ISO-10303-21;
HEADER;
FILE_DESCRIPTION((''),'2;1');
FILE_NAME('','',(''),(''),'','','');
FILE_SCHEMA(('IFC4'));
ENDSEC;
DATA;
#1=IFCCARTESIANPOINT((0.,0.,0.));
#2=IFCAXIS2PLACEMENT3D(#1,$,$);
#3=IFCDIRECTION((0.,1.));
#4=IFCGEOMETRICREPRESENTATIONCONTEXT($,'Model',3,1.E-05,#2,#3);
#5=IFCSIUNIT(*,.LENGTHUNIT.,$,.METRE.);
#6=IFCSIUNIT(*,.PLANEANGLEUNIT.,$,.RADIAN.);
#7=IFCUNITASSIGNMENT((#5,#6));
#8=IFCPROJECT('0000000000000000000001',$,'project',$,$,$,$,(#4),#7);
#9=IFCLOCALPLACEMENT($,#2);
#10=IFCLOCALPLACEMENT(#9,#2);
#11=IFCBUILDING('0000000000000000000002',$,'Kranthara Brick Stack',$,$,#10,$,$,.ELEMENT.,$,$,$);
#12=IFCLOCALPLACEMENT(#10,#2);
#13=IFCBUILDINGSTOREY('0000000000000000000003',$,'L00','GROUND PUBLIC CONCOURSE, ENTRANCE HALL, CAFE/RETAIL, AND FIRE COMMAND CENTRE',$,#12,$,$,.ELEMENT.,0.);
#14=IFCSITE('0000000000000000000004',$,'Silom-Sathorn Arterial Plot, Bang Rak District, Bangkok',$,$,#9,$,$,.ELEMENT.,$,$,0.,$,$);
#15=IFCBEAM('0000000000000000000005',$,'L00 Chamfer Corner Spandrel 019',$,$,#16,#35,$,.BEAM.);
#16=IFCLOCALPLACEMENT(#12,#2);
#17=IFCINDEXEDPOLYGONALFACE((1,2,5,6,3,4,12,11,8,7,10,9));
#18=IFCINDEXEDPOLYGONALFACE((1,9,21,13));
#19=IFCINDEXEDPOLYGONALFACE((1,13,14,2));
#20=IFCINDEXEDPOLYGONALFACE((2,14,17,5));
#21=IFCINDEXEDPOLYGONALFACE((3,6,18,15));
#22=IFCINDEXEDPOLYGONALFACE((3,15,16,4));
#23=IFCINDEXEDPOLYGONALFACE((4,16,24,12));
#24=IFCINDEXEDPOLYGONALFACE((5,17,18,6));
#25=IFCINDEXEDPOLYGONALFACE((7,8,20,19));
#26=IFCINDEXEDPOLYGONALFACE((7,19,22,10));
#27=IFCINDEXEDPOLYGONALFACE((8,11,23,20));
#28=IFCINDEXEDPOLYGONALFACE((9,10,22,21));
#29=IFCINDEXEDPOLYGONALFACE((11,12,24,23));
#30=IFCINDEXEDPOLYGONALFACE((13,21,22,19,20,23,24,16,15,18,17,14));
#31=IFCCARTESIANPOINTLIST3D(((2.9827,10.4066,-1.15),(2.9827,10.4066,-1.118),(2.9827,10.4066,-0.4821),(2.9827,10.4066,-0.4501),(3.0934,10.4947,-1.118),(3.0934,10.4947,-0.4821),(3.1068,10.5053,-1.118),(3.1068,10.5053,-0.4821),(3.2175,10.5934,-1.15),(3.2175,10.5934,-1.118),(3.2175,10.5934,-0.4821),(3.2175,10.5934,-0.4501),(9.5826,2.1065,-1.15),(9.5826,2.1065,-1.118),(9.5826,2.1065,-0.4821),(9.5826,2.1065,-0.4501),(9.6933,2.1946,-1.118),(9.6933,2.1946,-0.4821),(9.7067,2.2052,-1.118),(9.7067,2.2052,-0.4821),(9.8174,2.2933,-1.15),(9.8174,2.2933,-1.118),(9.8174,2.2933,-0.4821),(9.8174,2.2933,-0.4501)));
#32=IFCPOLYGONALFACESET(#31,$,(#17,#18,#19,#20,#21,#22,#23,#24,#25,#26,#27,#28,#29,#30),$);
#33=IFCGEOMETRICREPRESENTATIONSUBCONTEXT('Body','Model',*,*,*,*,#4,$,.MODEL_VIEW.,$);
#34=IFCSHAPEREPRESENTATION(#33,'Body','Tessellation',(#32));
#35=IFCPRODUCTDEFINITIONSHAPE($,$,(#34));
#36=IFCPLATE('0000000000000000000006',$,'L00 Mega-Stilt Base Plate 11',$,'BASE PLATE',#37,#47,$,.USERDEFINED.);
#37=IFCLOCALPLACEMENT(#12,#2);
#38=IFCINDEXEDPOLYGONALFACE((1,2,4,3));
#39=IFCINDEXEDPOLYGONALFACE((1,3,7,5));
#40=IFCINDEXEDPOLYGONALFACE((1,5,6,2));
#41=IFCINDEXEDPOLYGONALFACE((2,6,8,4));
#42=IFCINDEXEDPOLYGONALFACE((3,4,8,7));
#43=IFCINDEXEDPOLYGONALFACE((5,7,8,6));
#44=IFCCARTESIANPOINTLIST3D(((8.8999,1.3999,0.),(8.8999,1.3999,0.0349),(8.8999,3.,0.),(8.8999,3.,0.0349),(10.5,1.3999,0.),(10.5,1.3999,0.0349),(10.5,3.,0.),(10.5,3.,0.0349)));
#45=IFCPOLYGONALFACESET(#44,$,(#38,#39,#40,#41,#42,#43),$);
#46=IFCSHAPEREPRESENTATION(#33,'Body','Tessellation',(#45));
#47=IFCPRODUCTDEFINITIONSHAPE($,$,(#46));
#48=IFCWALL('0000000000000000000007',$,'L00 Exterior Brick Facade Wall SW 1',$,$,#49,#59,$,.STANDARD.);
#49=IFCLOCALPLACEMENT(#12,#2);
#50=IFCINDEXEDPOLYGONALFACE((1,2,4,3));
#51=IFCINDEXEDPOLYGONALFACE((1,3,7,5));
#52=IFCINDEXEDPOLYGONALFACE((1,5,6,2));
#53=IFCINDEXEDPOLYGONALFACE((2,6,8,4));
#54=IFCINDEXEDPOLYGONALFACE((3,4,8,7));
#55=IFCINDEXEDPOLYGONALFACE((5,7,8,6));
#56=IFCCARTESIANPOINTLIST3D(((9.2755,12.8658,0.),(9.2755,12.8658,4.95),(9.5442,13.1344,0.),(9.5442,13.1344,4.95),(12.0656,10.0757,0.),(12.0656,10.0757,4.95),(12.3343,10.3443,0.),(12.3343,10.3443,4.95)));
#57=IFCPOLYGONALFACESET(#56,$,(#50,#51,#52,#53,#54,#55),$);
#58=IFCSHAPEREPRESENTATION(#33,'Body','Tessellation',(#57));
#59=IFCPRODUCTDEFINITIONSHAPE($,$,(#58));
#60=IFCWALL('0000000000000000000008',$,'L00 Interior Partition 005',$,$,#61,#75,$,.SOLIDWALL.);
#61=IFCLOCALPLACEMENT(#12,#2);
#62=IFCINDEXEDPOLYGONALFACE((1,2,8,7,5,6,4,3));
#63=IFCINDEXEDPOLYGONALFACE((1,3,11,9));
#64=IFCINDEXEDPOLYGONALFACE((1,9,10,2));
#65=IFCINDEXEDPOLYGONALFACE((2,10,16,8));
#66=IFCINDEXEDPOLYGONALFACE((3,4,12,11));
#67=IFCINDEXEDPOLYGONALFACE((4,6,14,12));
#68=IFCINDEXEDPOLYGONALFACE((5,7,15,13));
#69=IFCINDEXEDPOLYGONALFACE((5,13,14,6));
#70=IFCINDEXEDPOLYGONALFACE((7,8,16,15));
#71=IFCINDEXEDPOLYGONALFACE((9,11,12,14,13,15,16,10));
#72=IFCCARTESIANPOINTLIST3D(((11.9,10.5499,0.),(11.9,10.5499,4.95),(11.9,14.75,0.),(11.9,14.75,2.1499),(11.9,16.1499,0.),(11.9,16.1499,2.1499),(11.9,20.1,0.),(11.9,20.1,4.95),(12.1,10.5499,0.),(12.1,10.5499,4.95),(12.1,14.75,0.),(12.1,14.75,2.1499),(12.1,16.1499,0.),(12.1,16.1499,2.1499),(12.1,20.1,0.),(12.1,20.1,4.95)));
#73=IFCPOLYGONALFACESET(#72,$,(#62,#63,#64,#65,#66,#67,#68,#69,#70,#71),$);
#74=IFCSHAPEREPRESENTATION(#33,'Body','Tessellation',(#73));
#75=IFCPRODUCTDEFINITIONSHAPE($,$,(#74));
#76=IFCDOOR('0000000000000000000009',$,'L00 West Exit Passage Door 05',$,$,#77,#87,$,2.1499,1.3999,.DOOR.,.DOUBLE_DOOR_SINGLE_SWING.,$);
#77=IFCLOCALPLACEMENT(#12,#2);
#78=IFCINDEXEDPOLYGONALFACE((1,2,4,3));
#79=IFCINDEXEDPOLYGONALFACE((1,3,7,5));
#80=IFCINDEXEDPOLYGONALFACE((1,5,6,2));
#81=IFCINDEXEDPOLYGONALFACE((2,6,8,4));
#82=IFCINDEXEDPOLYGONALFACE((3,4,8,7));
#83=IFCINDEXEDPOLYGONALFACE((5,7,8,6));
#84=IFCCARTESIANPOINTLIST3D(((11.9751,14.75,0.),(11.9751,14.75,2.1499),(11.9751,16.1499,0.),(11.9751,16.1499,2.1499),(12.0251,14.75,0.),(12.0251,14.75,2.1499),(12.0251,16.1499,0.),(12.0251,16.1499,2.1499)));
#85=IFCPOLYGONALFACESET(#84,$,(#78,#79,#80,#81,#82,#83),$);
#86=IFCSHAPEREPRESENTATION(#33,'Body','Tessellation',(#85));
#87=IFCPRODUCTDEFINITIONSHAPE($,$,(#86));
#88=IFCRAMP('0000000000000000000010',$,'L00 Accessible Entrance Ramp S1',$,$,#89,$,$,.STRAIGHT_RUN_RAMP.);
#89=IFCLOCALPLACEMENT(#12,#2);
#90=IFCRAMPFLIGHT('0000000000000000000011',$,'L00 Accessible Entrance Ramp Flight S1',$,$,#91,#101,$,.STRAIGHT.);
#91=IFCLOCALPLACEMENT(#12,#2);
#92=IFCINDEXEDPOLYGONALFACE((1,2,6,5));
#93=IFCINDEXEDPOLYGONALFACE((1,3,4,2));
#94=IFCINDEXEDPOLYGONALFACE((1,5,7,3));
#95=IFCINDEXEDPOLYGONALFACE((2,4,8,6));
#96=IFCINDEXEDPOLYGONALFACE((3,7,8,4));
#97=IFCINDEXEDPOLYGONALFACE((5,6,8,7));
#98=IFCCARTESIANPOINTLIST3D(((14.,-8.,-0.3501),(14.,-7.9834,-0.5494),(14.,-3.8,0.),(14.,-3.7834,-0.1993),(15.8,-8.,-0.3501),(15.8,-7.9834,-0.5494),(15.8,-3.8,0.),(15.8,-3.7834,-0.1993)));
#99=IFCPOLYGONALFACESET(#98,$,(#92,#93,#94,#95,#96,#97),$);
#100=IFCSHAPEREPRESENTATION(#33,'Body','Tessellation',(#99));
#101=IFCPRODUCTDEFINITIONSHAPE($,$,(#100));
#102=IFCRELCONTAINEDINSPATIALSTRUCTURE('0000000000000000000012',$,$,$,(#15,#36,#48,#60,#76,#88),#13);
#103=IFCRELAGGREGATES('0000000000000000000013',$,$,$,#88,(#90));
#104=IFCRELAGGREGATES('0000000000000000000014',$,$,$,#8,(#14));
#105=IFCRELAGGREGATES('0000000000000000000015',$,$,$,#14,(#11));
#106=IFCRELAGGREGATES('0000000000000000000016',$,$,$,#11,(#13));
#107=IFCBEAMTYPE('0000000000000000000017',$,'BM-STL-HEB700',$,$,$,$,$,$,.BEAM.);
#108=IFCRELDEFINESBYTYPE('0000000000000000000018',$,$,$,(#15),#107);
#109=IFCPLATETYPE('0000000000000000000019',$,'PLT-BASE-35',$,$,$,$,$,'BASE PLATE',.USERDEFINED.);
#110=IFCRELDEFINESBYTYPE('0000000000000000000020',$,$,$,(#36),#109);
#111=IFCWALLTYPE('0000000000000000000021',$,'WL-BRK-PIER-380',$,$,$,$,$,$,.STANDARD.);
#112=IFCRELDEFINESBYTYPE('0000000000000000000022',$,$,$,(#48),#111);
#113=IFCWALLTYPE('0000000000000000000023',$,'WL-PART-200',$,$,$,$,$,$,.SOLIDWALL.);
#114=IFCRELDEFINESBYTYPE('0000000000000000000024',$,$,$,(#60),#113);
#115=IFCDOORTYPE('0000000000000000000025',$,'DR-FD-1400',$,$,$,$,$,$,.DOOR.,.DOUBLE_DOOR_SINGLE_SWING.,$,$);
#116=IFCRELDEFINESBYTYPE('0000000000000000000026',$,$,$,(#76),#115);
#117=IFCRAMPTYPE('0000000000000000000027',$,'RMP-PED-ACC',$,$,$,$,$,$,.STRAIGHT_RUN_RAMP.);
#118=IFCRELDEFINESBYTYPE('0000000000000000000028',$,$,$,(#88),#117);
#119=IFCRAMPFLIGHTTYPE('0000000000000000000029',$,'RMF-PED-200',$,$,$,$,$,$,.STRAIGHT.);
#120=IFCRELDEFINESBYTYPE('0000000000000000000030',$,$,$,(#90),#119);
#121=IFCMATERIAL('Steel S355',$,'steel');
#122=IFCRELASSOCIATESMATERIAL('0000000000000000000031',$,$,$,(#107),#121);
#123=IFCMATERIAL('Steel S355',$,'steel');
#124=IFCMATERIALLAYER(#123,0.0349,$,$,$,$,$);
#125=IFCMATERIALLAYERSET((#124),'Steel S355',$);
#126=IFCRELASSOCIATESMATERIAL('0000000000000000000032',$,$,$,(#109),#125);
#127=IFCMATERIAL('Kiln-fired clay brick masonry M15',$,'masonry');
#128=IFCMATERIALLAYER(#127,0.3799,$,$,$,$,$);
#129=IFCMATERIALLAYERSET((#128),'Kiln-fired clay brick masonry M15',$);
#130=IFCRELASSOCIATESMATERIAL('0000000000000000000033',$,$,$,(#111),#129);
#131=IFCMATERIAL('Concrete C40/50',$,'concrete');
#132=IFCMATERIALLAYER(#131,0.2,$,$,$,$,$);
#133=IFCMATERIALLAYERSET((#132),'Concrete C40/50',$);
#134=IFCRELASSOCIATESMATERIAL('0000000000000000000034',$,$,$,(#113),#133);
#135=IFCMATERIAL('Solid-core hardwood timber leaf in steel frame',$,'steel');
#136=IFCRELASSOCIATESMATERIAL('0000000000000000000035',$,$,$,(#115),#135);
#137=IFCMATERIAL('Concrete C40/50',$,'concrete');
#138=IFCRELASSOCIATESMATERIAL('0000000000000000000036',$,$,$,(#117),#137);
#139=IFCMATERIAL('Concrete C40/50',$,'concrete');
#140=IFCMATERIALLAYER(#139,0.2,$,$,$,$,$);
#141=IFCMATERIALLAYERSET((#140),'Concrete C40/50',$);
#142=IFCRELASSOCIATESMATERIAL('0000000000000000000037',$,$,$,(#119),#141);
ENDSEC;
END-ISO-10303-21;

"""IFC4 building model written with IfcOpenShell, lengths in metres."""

from ifc_helpers import new_model, si_unit, direction, frame, frame_2d, origin, origin_2d, place, context, subcontext, project, spatial, polyline, rectangle, i_section, outline, extrude, material, layer, layer_set, material_profile, profile_set, type_object, element, fill, aggregate, save


model = new_model("IFC4")

# Units and contexts
model_context = context("Model", 3, precision=1e-05, world=origin(), true_north=direction((0.0, 1.0)))
body_context = subcontext(model_context, "Body", "Model", "MODEL_VIEW")
ifc_project = project(units=[si_unit("LENGTHUNIT", "METRE"), si_unit("PLANEANGLEUNIT", "RADIAN")], contexts=[model_context])

# Site, building, storey
site_placement = place(None, origin())
site = spatial("IfcSite", under=ifc_project, at=site_placement, Name="Silom-Sathorn Arterial Plot, Bang Rak District, Bangkok", CompositionType="ELEMENT", RefElevation=0.0)
building_placement = place(site_placement, origin())
building = spatial("IfcBuilding", under=site, at=building_placement, Name="Kranthara Brick Stack", CompositionType="ELEMENT")
storey_placement = place(building_placement, origin())
storey = spatial("IfcBuildingStorey", under=building, at=storey_placement, Name="L00", Description="GROUND PUBLIC CONCOURSE, ENTRANCE HALL, CAFE/RETAIL, AND FIRE COMMAND CENTRE", CompositionType="ELEMENT", Elevation=0.0)

# Beam
ifc_material_1 = material(Name="Steel S355", Category="steel")
ifc_material_profile_1 = material_profile(ifc_material_1, i_section(OverallWidth=0.3, OverallDepth=0.7, WebThickness=0.0171, FlangeThickness=0.032, at=origin_2d()), Name="HEB 700")
ifc_profile_set_1 = profile_set([ifc_material_profile_1], Name="Steel S355")
beam_type_1 = type_object("IfcBeamType", Name="BM-STL-HEB700", PredefinedType="BEAM", material=ifc_profile_set_1)
beam_1_placement = place(storey_placement, frame((3.1001, 10.5, -0.8), z_axis=(0.622382, -0.782714, 0.0), x_axis=(0.782714, 0.622382, 0.0)))
element("IfcBeam", 1, at=beam_1_placement, inside=storey, type_object=beam_type_1, Name="L00 Chamfer Corner Spandrel 019", PredefinedType="BEAM", context=body_context, shape_type="SweptSolid", body=[
    extrude(i_section(OverallWidth=0.3, OverallDepth=0.7, WebThickness=0.0171, FlangeThickness=0.032, at=origin_2d()), origin(), (0.0, 0.0, 1.0), 10.6042),
])

# Plate
ifc_material_2 = material(Name="Steel S355", Category="steel")
ifc_layer_1 = layer(ifc_material_2, 0.0349)
ifc_layer_set_1 = layer_set([ifc_layer_1], Name="Steel S355")
plate_type = type_object("IfcPlateType", Name="PLT-BASE-35", ElementType="BASE PLATE", PredefinedType="USERDEFINED", material=ifc_layer_set_1)
plate_placement = place(storey_placement, frame((9.7, 2.2, 0.0), z_axis=(0.0, 0.0, 1.0), x_axis=(1.0, 0.0, 0.0)))
element("IfcPlate", 2, at=plate_placement, inside=storey, type_object=plate_type, Name="L00 Mega-Stilt Base Plate 11", ObjectType="BASE PLATE", PredefinedType="USERDEFINED", context=body_context, shape_type="SweptSolid", body=[
    extrude(rectangle(XDim=1.6001, YDim=1.6001, at=origin_2d()), origin(), (0.0, 0.0, 1.0), 0.0349),
])

# Wall
ifc_material_3 = material(Name="Kiln-fired clay brick masonry M15", Category="masonry")
ifc_layer_2 = layer(ifc_material_3, 0.3799)
ifc_layer_set_2 = layer_set([ifc_layer_2], Name="Kiln-fired clay brick masonry M15")
wall_type_1 = type_object("IfcWallType", Name="WL-BRK-PIER-380", PredefinedType="STANDARD", material=ifc_layer_set_2)
wall_1_placement = place(storey_placement, frame((12.2, 10.21, 0.0), z_axis=(0.0, 0.0, 1.0), x_axis=(-0.707107, 0.707107, 0.0)))
element("IfcWall", 3, at=wall_1_placement, inside=storey, type_object=wall_type_1, Name="L00 Exterior Brick Facade Wall SW 1", PredefinedType="STANDARD", context=body_context, shape_type="SweptSolid", body=[
    extrude(rectangle(XDim=3.9458, YDim=0.3799, at=frame_2d((1.9729, 0.0))), origin(), (0.0, 0.0, 1.0), 4.95),
])

# Wall, opening, door
ifc_material_4 = material(Name="Concrete C40/50", Category="concrete")
ifc_layer_3 = layer(ifc_material_4, 0.2)
ifc_layer_set_3 = layer_set([ifc_layer_3], Name="Concrete C40/50")
wall_type_2 = type_object("IfcWallType", Name="WL-PART-200", PredefinedType="SOLIDWALL", material=ifc_layer_set_3)
wall_2_placement = place(storey_placement, frame((12.0, 10.55, 0.0), z_axis=(0.0, 0.0, 1.0), x_axis=(0.0, 1.0, 0.0)))
wall_2 = element("IfcWall", 4, at=wall_2_placement, inside=storey, type_object=wall_type_2, Name="L00 Interior Partition 005", PredefinedType="SOLIDWALL", context=body_context, shape_type="SweptSolid", body=[
    extrude(rectangle(XDim=9.55, YDim=0.2, at=frame_2d((4.7749, 0.0))), origin(), (0.0, 0.0, 1.0), 4.95),
])
opening_1_placement = place(wall_2_placement, frame((4.2, 0.0, 0.0)))
opening_1 = element("IfcOpeningElement", 5, at=opening_1_placement, cuts=wall_2, PredefinedType="OPENING", context=body_context, shape_type="SweptSolid", body=[
    extrude(rectangle(XDim=1.3999, YDim=2.1499, at=frame_2d((0.7, 1.075))), frame((0.0, 0.1099, 0.0), z_axis=(0.0, -1.0, 0.0), x_axis=(1.0, 0.0, 0.0)), (0.0, 0.0, 1.0), 0.22),
])
ifc_material_5 = material(Name="Solid-core hardwood timber leaf in steel frame", Category="steel")
door_type_1 = type_object("IfcDoorType", Name="DR-FD-1400", OperationType="DOUBLE_DOOR_SINGLE_SWING", PredefinedType="DOOR", material=ifc_material_5)
door_1_placement = place(opening_1_placement, origin())
door_1 = element("IfcDoor", 6, at=door_1_placement, inside=storey, type_object=door_type_1, Name="L00 West Exit Passage Door 05", OperationType="DOUBLE_DOOR_SINGLE_SWING", OverallHeight=2.1499, OverallWidth=1.3999, PredefinedType="DOOR", context=body_context, shape_type="SweptSolid", body=[
    extrude(rectangle(XDim=1.3999, YDim=2.1499, at=frame_2d((0.7, 1.075))), frame((0.0, 0.0249, 0.0), z_axis=(0.0, -1.0, 0.0), x_axis=(1.0, 0.0, 0.0)), (0.0, 0.0, 1.0), 0.05),
])
fill(opening_1, door_1)

# Ramp, ramp flight
ifc_material_6 = material(Name="Concrete C40/50", Category="concrete")
ramp_type = type_object("IfcRampType", Name="RMP-PED-ACC", PredefinedType="STRAIGHT_RUN_RAMP", material=ifc_material_6)
ramp_placement = place(storey_placement, origin())
ramp = element("IfcRamp", 7, at=ramp_placement, inside=storey, type_object=ramp_type, Name="L00 Accessible Entrance Ramp S1", PredefinedType="STRAIGHT_RUN_RAMP")
ifc_material_7 = material(Name="Concrete C40/50", Category="concrete")
ifc_layer_4 = layer(ifc_material_7, 0.2)
ifc_layer_set_4 = layer_set([ifc_layer_4], Name="Concrete C40/50")
ramp_flight_type = type_object("IfcRampFlightType", Name="RMF-PED-200", PredefinedType="STRAIGHT", material=ifc_layer_set_4)
ramp_flight_placement = place(storey_placement, frame((14.0, -8.0, -0.3501), z_axis=(0.0, -0.083069, 0.996544), x_axis=(1.0, 0.0, 0.0)))
ramp_flight = element("IfcRampFlight", 8, at=ramp_flight_placement, type_object=ramp_flight_type, Name="L00 Accessible Entrance Ramp Flight S1", PredefinedType="STRAIGHT", context=body_context, shape_type="SweptSolid", body=[
    extrude(outline(polyline([(0.0, 0.0), (1.8, 0.0), (1.8, 4.2145), (0.0, 4.2145), (0.0, 0.0)])), origin(), (0.0, 0.0, -1.0), 0.2),
])
aggregate(ramp, [ramp_flight])

save(model, "model.ifc")
